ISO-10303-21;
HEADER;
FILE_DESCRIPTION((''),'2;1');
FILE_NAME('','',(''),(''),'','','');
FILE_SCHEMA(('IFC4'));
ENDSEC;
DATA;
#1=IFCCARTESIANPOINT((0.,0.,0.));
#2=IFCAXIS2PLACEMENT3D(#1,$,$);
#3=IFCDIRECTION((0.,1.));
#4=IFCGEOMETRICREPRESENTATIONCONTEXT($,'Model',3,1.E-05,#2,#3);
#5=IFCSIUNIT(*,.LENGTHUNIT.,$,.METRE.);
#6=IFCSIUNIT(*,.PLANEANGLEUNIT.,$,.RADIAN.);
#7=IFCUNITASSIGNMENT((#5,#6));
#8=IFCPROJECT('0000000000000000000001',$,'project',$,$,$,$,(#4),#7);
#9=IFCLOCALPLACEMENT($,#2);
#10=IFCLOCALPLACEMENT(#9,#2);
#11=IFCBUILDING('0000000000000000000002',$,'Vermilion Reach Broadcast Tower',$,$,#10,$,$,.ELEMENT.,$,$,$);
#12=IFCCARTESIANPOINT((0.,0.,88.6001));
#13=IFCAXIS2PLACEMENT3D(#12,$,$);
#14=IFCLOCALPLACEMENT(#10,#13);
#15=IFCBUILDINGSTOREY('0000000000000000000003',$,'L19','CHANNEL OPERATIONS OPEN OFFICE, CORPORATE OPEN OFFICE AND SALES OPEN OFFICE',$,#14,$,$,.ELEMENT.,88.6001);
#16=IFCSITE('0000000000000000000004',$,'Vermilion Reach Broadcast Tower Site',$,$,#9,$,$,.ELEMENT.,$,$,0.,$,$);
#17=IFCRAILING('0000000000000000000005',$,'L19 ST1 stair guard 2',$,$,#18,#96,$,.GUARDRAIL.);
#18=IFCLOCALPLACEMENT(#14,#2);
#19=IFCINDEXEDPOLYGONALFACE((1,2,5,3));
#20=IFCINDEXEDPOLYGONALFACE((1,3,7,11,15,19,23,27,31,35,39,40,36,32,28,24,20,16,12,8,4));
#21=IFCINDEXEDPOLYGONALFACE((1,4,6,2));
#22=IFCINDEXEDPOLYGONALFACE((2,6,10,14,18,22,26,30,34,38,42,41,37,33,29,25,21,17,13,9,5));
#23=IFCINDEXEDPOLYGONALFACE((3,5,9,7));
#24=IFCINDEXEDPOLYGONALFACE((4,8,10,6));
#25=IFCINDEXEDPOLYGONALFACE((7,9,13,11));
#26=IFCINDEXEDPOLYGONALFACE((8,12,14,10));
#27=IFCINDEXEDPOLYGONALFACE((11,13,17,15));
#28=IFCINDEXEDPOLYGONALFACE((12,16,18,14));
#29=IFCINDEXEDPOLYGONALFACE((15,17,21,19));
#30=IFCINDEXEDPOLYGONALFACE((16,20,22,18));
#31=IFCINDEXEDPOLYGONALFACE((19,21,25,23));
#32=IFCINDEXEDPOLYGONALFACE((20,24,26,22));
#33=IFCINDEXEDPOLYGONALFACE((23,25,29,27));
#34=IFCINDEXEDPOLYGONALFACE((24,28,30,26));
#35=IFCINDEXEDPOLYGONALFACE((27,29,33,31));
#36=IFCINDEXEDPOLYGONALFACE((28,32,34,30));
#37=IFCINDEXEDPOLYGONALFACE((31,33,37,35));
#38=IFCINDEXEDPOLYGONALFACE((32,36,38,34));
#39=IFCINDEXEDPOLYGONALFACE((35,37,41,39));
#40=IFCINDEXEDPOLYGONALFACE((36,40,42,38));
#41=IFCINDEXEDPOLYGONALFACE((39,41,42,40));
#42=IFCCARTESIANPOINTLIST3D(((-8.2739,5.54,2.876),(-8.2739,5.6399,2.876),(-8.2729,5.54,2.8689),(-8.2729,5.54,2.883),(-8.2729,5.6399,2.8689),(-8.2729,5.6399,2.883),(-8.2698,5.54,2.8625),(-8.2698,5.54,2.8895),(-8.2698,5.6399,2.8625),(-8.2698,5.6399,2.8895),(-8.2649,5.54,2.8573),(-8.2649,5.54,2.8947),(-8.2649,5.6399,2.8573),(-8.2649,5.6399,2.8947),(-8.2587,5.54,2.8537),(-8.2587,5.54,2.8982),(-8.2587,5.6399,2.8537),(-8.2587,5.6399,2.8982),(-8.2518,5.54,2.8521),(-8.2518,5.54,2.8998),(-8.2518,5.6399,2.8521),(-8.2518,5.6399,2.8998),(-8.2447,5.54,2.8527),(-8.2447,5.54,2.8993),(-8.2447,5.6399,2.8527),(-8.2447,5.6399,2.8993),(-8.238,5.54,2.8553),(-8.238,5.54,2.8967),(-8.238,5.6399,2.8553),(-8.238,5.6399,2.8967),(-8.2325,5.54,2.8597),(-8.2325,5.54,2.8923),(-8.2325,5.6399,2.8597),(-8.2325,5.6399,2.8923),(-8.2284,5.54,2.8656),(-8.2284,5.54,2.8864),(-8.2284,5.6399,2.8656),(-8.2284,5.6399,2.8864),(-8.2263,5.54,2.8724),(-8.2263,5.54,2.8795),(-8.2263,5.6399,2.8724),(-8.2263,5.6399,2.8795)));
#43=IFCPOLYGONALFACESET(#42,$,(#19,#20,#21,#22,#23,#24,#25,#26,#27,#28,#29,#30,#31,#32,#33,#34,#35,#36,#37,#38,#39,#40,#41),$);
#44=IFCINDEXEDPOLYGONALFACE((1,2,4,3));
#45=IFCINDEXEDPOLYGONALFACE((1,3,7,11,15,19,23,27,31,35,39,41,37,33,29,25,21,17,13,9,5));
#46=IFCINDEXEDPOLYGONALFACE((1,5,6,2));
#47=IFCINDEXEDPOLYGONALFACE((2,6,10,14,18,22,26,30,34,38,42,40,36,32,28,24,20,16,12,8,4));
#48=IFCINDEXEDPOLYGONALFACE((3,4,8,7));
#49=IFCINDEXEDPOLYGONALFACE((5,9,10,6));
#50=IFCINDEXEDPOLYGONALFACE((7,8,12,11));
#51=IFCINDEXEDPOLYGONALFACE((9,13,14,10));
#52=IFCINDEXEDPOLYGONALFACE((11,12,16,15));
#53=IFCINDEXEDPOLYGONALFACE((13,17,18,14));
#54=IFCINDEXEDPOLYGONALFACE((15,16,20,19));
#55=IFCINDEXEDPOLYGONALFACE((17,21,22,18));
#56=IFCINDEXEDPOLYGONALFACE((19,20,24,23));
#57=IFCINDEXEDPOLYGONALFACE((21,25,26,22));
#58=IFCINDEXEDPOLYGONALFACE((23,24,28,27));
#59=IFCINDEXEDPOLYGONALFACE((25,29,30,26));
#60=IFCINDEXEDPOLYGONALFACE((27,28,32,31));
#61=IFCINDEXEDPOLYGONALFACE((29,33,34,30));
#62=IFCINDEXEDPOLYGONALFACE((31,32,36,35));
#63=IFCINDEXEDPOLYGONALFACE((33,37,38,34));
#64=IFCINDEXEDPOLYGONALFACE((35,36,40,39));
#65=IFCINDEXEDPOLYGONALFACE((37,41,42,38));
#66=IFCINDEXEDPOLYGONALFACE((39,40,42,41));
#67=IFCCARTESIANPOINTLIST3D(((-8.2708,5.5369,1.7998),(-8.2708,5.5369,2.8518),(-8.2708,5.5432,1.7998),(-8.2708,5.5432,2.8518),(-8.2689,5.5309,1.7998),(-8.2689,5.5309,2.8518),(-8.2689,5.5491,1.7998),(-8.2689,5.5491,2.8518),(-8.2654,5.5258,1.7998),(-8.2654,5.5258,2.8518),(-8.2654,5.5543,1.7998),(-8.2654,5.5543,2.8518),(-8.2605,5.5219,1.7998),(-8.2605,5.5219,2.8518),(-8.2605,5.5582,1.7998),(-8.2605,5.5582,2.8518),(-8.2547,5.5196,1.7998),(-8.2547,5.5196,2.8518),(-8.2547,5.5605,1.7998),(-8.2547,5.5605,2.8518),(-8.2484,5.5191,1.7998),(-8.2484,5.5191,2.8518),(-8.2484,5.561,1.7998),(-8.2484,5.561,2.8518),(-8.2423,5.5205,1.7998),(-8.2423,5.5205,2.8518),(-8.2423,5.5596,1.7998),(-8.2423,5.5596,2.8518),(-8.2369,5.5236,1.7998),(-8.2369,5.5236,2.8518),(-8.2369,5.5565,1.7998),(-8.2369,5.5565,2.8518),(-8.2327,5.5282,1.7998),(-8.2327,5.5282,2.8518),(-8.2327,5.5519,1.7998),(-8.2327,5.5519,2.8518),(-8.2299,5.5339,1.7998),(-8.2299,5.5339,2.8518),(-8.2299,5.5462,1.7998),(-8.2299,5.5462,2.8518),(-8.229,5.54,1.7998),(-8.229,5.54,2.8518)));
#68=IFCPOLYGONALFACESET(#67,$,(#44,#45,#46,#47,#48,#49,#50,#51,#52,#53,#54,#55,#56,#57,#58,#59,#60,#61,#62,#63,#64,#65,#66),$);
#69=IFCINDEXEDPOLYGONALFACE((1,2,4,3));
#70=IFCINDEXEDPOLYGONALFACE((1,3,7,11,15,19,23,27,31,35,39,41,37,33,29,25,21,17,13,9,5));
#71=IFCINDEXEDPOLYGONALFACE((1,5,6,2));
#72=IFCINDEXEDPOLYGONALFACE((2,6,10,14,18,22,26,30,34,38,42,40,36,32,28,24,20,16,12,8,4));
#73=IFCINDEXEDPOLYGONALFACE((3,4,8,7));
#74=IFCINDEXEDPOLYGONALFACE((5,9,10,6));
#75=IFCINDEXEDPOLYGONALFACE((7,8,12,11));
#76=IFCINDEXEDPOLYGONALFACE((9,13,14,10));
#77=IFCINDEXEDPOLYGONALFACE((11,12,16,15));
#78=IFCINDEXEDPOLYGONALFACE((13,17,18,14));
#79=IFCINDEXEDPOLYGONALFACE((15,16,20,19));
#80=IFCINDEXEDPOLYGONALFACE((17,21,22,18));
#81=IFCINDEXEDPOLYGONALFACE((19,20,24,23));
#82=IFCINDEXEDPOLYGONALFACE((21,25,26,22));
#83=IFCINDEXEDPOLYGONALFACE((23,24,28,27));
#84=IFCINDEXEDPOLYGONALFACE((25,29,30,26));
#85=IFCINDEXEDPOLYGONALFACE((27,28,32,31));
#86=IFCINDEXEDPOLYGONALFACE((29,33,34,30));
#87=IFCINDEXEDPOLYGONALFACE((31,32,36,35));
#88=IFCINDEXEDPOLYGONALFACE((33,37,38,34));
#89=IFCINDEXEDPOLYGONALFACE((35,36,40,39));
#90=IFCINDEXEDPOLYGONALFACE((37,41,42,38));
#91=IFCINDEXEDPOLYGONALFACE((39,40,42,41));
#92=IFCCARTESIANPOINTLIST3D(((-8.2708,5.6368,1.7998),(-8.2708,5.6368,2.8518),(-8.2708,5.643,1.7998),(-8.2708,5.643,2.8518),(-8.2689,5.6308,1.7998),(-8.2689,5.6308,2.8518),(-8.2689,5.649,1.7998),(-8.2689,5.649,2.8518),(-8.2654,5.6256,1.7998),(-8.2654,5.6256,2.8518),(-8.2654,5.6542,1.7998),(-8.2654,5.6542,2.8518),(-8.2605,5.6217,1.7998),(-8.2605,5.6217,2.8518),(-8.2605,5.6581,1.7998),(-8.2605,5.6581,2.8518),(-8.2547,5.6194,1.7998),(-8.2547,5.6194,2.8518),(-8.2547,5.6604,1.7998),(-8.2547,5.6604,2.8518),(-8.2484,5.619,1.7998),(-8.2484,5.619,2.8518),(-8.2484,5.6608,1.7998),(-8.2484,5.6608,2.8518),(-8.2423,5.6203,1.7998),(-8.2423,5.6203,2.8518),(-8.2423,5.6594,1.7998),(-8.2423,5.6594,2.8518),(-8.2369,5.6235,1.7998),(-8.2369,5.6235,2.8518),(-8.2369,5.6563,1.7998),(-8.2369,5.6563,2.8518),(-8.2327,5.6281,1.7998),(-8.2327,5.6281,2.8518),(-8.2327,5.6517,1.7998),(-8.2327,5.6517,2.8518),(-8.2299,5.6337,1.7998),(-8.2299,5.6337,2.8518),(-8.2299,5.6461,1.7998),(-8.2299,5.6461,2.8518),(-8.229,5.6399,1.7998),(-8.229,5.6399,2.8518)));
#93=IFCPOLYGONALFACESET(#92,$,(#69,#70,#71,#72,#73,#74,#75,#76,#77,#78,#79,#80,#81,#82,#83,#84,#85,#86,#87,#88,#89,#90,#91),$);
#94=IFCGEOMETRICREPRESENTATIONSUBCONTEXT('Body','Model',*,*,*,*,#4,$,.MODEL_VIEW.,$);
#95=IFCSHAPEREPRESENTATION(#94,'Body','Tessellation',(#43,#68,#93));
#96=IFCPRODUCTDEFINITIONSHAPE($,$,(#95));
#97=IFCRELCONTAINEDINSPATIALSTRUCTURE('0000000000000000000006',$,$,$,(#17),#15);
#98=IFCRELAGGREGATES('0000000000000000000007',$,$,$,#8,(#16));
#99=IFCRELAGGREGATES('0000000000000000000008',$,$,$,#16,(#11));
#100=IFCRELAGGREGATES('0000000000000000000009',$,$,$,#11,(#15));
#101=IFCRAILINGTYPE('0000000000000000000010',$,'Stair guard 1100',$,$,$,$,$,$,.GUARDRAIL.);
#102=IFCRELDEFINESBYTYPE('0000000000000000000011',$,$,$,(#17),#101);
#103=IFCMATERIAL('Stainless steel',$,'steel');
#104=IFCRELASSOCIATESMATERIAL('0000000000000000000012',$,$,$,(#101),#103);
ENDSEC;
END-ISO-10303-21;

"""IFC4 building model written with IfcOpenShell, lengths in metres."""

from ifc_helpers import new_model, si_unit, direction, frame, origin, origin_2d, place, context, subcontext, project, spatial, circle, extrude, material, type_object, element, save


model = new_model("IFC4")

# Units and contexts
model_context = context("Model", 3, precision=1e-05, world=origin(), true_north=direction((0.0, 1.0)))
body_context = subcontext(model_context, "Body", "Model", "MODEL_VIEW")
ifc_project = project(units=[si_unit("LENGTHUNIT", "METRE"), si_unit("PLANEANGLEUNIT", "RADIAN")], contexts=[model_context])

# Site, building, storey
site_placement = place(None, origin())
site = spatial("IfcSite", under=ifc_project, at=site_placement, Name="Vermilion Reach Broadcast Tower Site", CompositionType="ELEMENT", RefElevation=0.0)
building_placement = place(site_placement, origin())
building = spatial("IfcBuilding", under=site, at=building_placement, Name="Vermilion Reach Broadcast Tower", CompositionType="ELEMENT")
storey_placement = place(building_placement, frame((0.0, 0.0, 88.6001)))
storey = spatial("IfcBuildingStorey", under=building, at=storey_placement, Name="L19", Description="CHANNEL OPERATIONS OPEN OFFICE, CORPORATE OPEN OFFICE AND SALES OPEN OFFICE", CompositionType="ELEMENT", Elevation=88.6001)

# Railing
ifc_material_1 = material(Name="Stainless steel", Category="steel")
railing_type_1 = type_object("IfcRailingType", Name="Stair guard 1100", PredefinedType="GUARDRAIL", material=ifc_material_1)
railing_1_placement = place(storey_placement, frame((-8.25, 5.54, 1.7998)))
element("IfcRailing", 1, at=railing_1_placement, inside=storey, type_object=railing_type_1, Name="L19 ST1 stair guard 2", PredefinedType="GUARDRAIL", context=body_context, shape_type="SweptSolid", body=[
    extrude(circle(Radius=0.0239, at=origin_2d()), frame((0.0, 0.0, 1.0762), z_axis=(0.0, 1.0, 0.0), x_axis=(-1.0, 0.0, 0.0)), (0.0, 0.0, 1.0), 0.0999),
    extrude(circle(Radius=0.021, at=origin_2d()), origin(), (0.0, 0.0, 1.0), 1.052),
    extrude(circle(Radius=0.021, at=origin_2d()), frame((0.0, 0.0999, 0.0)), (0.0, 0.0, 1.0), 1.052),
])

save(model, "model.ifc")
